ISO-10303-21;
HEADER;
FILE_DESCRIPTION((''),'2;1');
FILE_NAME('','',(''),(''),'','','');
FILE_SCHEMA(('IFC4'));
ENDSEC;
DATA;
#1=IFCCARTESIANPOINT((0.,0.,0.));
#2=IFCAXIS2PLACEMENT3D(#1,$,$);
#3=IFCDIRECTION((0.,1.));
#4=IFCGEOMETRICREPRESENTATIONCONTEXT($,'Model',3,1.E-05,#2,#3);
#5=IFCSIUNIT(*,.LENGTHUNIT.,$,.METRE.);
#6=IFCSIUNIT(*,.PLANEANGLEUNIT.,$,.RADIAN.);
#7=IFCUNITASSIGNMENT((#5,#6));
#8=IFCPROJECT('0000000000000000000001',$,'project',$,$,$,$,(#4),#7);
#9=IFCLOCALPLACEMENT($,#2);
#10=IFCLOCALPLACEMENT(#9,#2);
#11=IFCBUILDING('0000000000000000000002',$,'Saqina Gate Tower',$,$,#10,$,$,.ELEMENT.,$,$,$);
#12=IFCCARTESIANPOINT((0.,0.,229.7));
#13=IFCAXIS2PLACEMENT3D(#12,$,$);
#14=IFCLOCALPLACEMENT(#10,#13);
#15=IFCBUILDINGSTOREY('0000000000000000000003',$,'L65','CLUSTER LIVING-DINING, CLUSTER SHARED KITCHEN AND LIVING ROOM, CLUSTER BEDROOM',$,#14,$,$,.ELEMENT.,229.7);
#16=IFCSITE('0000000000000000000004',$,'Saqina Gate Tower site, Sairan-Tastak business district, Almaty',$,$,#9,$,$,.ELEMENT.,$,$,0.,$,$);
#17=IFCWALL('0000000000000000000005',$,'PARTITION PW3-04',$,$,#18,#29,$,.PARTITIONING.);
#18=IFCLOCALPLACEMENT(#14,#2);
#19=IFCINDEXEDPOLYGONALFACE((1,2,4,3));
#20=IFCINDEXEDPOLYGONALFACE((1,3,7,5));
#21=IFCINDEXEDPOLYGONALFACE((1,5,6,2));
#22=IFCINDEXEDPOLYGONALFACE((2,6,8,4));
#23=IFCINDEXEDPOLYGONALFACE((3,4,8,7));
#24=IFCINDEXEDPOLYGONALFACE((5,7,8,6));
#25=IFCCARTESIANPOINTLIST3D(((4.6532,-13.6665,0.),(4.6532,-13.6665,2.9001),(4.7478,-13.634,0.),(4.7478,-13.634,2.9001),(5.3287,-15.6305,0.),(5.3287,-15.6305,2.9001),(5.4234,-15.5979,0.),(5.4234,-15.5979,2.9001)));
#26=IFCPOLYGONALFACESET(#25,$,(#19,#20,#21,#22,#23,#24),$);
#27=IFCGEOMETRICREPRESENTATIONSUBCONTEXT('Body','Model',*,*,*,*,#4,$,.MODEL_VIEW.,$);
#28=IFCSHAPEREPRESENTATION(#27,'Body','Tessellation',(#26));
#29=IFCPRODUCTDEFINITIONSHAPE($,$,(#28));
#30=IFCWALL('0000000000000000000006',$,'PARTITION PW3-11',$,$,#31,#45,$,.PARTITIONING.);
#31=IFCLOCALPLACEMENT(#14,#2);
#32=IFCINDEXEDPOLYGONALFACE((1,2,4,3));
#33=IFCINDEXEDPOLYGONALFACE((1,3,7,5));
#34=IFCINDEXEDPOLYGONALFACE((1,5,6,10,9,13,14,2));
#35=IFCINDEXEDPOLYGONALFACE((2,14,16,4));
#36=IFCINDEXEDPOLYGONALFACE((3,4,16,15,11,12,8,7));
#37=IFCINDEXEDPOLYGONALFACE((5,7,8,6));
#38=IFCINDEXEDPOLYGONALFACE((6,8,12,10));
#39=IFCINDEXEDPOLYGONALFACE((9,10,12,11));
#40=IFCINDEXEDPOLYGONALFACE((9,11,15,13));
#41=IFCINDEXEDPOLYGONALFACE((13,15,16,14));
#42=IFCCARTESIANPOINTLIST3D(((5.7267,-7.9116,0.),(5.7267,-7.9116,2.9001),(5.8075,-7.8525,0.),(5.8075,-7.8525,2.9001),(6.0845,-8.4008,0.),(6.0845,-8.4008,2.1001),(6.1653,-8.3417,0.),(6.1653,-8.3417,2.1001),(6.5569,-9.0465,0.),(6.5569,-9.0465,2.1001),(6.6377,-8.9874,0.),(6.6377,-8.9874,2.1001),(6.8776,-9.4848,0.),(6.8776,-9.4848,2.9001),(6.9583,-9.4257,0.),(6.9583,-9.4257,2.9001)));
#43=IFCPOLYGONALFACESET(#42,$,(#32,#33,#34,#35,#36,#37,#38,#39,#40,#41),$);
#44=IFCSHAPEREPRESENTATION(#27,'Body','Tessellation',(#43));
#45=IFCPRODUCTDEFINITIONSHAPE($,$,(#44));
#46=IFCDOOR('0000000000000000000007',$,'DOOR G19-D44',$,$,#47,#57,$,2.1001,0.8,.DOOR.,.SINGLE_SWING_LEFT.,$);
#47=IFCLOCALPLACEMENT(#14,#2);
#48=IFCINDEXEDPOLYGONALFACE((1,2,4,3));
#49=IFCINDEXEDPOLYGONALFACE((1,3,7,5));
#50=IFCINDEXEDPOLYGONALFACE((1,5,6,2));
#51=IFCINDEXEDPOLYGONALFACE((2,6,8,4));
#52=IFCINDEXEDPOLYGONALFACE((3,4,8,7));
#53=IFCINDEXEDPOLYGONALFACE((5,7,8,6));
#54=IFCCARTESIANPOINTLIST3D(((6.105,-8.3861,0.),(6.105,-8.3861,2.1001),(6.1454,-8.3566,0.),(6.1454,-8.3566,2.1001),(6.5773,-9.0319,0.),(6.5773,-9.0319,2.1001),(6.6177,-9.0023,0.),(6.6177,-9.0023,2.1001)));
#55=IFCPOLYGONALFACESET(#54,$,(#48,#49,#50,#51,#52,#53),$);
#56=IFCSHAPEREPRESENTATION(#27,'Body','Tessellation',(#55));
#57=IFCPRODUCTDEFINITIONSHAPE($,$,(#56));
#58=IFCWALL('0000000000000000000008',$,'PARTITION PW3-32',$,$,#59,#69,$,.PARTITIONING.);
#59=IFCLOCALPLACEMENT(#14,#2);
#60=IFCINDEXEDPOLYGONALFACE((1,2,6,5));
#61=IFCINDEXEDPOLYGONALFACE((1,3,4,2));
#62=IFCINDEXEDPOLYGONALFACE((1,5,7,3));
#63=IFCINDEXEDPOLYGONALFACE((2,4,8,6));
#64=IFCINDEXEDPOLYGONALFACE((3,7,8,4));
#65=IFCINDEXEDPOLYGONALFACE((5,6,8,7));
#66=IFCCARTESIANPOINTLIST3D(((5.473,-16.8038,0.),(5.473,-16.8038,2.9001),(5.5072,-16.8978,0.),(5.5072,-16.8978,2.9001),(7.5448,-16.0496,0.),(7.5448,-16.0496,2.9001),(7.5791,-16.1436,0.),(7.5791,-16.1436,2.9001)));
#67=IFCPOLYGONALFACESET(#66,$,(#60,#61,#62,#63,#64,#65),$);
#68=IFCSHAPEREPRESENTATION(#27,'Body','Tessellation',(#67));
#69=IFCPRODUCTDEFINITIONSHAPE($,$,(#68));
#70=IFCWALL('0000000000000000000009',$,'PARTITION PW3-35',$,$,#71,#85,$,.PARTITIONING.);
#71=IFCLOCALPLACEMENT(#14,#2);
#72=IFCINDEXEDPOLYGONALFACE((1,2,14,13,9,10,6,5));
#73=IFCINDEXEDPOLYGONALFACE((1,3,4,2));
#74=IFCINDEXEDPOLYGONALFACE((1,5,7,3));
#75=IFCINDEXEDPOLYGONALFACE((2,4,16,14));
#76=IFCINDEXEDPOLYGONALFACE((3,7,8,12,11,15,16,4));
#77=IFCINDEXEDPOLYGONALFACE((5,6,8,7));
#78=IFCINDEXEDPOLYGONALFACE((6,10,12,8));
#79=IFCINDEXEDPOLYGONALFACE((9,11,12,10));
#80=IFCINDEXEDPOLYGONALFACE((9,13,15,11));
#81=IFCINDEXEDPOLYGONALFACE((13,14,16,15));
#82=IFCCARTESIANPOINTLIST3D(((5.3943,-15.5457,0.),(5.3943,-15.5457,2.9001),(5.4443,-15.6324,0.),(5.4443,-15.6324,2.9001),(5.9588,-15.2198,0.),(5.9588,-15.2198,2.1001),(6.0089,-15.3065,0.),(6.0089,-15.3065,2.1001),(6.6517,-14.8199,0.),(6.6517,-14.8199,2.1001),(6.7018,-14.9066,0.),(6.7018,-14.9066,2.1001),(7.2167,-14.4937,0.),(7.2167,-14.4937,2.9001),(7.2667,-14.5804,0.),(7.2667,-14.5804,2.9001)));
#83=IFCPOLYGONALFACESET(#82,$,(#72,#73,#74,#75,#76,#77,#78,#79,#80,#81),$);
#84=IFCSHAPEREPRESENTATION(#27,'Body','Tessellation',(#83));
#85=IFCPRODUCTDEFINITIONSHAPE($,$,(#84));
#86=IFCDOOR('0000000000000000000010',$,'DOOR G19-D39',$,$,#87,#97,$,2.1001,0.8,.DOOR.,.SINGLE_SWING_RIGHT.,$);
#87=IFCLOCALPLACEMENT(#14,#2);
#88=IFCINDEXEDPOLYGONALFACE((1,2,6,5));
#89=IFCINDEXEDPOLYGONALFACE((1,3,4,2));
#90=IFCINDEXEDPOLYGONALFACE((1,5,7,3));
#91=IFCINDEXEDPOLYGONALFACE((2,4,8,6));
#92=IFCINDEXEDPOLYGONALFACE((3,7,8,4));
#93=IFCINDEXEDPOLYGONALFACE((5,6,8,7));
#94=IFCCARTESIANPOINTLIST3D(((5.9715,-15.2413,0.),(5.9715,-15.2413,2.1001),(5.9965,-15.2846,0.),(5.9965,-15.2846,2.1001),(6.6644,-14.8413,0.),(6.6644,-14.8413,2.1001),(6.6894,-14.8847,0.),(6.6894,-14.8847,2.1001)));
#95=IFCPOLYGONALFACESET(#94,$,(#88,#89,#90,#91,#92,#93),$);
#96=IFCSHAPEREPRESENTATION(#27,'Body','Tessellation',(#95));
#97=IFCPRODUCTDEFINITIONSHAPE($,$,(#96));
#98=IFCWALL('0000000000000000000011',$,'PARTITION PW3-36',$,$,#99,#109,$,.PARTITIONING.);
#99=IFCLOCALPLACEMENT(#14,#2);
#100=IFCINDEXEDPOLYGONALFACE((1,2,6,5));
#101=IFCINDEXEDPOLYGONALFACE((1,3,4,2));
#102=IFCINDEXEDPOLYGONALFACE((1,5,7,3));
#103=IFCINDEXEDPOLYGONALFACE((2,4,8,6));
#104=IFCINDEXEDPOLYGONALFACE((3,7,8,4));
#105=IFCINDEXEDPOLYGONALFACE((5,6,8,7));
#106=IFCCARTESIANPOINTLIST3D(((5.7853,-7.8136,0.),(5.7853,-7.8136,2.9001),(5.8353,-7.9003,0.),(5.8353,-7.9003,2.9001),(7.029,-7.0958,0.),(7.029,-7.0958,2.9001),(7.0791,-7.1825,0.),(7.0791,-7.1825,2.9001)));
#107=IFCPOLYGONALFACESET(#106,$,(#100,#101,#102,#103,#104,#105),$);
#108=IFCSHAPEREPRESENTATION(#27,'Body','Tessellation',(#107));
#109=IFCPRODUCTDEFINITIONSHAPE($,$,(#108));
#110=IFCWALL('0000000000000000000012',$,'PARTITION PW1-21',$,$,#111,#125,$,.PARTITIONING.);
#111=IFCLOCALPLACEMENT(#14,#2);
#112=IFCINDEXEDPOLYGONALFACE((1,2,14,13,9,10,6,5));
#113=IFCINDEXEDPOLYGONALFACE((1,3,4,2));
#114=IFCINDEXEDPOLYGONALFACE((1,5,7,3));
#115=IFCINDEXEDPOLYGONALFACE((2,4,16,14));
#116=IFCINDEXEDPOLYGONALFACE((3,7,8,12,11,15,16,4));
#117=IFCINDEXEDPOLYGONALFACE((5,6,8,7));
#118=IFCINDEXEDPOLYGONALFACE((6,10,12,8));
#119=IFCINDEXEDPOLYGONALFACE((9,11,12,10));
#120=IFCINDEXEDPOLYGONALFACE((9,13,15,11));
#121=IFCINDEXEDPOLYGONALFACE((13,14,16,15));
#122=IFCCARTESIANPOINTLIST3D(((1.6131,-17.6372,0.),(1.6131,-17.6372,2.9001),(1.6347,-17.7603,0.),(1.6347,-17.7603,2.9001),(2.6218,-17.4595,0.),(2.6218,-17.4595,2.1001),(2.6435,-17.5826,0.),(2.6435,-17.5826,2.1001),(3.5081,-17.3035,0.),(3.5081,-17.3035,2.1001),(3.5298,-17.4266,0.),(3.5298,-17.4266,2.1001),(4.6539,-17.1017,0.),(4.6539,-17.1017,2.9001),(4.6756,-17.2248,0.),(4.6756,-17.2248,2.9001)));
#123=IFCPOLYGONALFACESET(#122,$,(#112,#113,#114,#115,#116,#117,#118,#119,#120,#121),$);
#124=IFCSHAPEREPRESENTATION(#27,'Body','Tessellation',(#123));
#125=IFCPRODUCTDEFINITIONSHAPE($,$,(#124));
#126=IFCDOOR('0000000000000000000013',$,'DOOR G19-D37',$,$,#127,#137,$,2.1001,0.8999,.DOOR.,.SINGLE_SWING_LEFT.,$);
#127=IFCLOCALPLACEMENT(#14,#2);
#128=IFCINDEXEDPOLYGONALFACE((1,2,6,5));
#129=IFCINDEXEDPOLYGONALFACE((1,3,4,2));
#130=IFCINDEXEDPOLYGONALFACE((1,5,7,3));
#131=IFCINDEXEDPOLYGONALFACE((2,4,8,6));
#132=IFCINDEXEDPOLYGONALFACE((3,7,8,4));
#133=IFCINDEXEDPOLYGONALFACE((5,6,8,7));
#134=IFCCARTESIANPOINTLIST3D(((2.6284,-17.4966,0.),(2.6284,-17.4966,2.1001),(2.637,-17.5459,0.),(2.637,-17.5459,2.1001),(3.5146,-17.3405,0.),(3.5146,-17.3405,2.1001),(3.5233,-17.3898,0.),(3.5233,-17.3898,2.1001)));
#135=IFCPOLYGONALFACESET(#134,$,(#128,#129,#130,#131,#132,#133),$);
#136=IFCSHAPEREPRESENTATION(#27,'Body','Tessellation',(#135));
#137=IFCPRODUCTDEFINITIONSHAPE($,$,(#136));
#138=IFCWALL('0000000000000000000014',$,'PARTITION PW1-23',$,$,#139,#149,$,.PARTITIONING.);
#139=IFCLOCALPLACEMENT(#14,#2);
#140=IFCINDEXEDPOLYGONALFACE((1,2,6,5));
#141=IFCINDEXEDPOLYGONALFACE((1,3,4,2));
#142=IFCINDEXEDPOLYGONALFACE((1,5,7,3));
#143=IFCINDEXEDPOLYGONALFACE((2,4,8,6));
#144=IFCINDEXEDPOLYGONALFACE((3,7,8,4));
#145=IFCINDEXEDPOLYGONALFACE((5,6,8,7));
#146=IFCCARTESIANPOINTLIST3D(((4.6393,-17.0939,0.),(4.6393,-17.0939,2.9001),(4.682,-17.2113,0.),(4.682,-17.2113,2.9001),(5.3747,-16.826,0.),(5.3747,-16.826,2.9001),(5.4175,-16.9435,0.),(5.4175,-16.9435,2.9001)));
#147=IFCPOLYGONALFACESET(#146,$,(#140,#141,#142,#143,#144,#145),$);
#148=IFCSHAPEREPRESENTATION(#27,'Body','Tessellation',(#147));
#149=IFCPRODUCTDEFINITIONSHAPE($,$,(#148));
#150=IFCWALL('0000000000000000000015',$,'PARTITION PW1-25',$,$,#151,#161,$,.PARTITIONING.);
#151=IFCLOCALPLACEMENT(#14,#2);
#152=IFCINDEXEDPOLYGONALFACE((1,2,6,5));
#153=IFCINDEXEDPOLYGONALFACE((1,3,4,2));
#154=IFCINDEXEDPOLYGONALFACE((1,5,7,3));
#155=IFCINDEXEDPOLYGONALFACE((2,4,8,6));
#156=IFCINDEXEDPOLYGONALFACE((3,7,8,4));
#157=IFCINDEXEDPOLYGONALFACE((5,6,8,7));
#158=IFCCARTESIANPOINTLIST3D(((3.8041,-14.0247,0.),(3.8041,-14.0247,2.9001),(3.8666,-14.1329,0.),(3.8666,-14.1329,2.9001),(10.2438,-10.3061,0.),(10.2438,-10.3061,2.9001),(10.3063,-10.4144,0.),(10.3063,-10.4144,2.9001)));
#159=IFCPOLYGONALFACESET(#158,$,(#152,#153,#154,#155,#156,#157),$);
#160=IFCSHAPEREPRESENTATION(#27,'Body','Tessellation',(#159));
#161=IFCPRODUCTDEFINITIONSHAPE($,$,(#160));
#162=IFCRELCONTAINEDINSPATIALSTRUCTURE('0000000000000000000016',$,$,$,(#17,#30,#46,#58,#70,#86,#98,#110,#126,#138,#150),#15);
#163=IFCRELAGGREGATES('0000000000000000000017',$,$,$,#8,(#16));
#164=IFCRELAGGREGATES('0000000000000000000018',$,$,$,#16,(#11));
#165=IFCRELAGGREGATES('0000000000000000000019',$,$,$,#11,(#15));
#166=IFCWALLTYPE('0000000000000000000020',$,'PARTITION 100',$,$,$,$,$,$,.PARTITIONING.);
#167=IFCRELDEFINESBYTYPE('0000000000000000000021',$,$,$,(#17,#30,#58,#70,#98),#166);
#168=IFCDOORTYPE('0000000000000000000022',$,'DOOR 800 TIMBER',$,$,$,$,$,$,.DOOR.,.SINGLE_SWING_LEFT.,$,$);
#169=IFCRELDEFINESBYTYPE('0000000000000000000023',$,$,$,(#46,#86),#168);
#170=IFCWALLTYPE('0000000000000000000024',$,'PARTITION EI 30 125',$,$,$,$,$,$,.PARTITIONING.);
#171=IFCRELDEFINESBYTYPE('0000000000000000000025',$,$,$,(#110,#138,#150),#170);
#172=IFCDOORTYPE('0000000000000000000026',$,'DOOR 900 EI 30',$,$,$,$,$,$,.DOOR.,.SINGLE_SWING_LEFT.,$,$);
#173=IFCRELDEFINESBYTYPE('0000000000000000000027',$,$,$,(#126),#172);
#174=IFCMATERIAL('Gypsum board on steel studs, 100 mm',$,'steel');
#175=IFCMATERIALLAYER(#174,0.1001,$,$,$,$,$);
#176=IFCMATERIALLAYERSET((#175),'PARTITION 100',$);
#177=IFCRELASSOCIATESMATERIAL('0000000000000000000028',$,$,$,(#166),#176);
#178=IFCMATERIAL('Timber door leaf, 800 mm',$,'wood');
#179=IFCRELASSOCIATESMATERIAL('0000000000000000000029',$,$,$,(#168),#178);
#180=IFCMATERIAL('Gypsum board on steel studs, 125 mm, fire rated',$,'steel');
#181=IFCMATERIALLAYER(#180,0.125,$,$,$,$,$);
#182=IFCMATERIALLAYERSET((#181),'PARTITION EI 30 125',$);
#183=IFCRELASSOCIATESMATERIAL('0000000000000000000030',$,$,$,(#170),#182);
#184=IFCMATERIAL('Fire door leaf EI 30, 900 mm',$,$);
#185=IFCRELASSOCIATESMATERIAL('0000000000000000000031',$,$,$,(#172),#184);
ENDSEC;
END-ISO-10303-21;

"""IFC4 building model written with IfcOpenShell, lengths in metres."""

from ifc_helpers import new_model, si_unit, direction, frame, frame_2d, origin, place, context, subcontext, project, spatial, rectangle, extrude, material, layer, layer_set, type_object, element, fill, save


model = new_model("IFC4")

# Units and contexts
model_context = context("Model", 3, precision=1e-05, world=origin(), true_north=direction((0.0, 1.0)))
body_context = subcontext(model_context, "Body", "Model", "MODEL_VIEW")
ifc_project = project(units=[si_unit("LENGTHUNIT", "METRE"), si_unit("PLANEANGLEUNIT", "RADIAN")], contexts=[model_context])

# Site, building, storey
site_placement = place(None, origin())
site = spatial("IfcSite", under=ifc_project, at=site_placement, Name="Saqina Gate Tower site, Sairan-Tastak business district, Almaty", CompositionType="ELEMENT", RefElevation=0.0)
building_placement = place(site_placement, origin())
building = spatial("IfcBuilding", under=site, at=building_placement, Name="Saqina Gate Tower", CompositionType="ELEMENT")
storey_placement = place(building_placement, frame((0.0, 0.0, 229.7)))
storey = spatial("IfcBuildingStorey", under=building, at=storey_placement, Name="L65", Description="CLUSTER LIVING-DINING, CLUSTER SHARED KITCHEN AND LIVING ROOM, CLUSTER BEDROOM", CompositionType="ELEMENT", Elevation=229.7)

# Wall
ifc_material_1 = material(Name="Gypsum board on steel studs, 100 mm", Category="steel")
ifc_layer_1 = layer(ifc_material_1, 0.1001)
ifc_layer_set_1 = layer_set([ifc_layer_1], Name="PARTITION 100")
wall_type_1 = type_object("IfcWallType", Name="PARTITION 100", PredefinedType="PARTITIONING", material=ifc_layer_set_1)
wall_1_placement = place(storey_placement, frame((4.7004, -13.6501, 0.0), z_axis=(0.0, 0.0, 1.0), x_axis=(0.325277, -0.945619, 0.0)))
element("IfcWall", 1, at=wall_1_placement, inside=storey, type_object=wall_type_1, Name="PARTITION PW3-04", PredefinedType="PARTITIONING", context=body_context, shape_type="SweptSolid", body=[
    extrude(rectangle(XDim=2.0769, YDim=0.1001, at=frame_2d((1.0386, 0.0))), origin(), (0.0, 0.0, 1.0), 2.9001),
])

# Wall, opening, door
wall_2_placement = place(storey_placement, frame((5.7671, -7.8821, 0.0), z_axis=(0.0, 0.0, 1.0), x_axis=(0.590418, -0.807097, 0.0)))
wall_2 = element("IfcWall", 2, at=wall_2_placement, inside=storey, type_object=wall_type_1, Name="PARTITION PW3-11", PredefinedType="PARTITIONING", context=body_context, shape_type="SweptSolid", body=[
    extrude(rectangle(XDim=1.9492, YDim=0.1001, at=frame_2d((0.9746, 0.0))), origin(), (0.0, 0.0, 1.0), 2.9001),
])
opening_1_placement = place(wall_2_placement, frame((0.6062, 0.0, 0.0)))
opening_1 = element("IfcOpeningElement", 3, at=opening_1_placement, cuts=wall_2, PredefinedType="OPENING", context=body_context, shape_type="SweptSolid", body=[
    extrude(rectangle(XDim=0.8, YDim=2.1001, at=frame_2d((0.3999, 1.05))), frame((0.0, 0.062, 0.0), z_axis=(0.0, -1.0, 0.0), x_axis=(1.0, 0.0, 0.0)), (0.0, 0.0, 1.0), 0.124),
])
ifc_material_2 = material(Name="Timber door leaf, 800 mm", Category="wood")
door_type_1 = type_object("IfcDoorType", Name="DOOR 800 TIMBER", OperationType="SINGLE_SWING_LEFT", PredefinedType="DOOR", material=ifc_material_2)
door_1_placement = place(opening_1_placement, frame((0.8, 0.0, 0.0), z_axis=(0.0, 0.0, 1.0), x_axis=(-1.0, 0.0, 0.0)))
door_1 = element("IfcDoor", 4, at=door_1_placement, inside=storey, type_object=door_type_1, Name="DOOR G19-D44", OperationType="SINGLE_SWING_LEFT", OverallHeight=2.1001, OverallWidth=0.8, PredefinedType="DOOR", context=body_context, shape_type="SweptSolid", body=[
    extrude(rectangle(XDim=0.8, YDim=2.1001, at=frame_2d((0.3999, 1.05))), frame((0.0, 0.0249, 0.0), z_axis=(0.0, -1.0, 0.0), x_axis=(1.0, 0.0, 0.0)), (0.0, 0.0, 1.0), 0.05),
])
fill(opening_1, door_1)

# Wall
wall_3_placement = place(storey_placement, frame((5.49, -16.8508, 0.0), z_axis=(0.0, 0.0, 1.0), x_axis=(0.93968, 0.342054, 0.0)))
element("IfcWall", 5, at=wall_3_placement, inside=storey, type_object=wall_type_1, Name="PARTITION PW3-32", PredefinedType="PARTITIONING", context=body_context, shape_type="SweptSolid", body=[
    extrude(rectangle(XDim=2.2048, YDim=0.1001, at=frame_2d((1.1025, 0.0))), origin(), (0.0, 0.0, 1.0), 2.9001),
])

# Wall, opening, door
wall_4_placement = place(storey_placement, frame((5.4192, -15.5891, 0.0), z_axis=(0.0, 0.0, 1.0), x_axis=(0.866072, 0.49992, 0.0)))
wall_4 = element("IfcWall", 6, at=wall_4_placement, inside=storey, type_object=wall_type_1, Name="PARTITION PW3-35", PredefinedType="PARTITIONING", context=body_context, shape_type="SweptSolid", body=[
    extrude(rectangle(XDim=2.1042, YDim=0.1001, at=frame_2d((1.0522, 0.0))), origin(), (0.0, 0.0, 1.0), 2.9001),
])
opening_2_placement = place(wall_4_placement, frame((0.6521, 0.0, 0.0)))
opening_2 = element("IfcOpeningElement", 7, at=opening_2_placement, cuts=wall_4, PredefinedType="OPENING", context=body_context, shape_type="SweptSolid", body=[
    extrude(rectangle(XDim=0.8, YDim=2.1001, at=frame_2d((0.3999, 1.05))), frame((0.0, 0.062, 0.0), z_axis=(0.0, -1.0, 0.0), x_axis=(1.0, 0.0, 0.0)), (0.0, 0.0, 1.0), 0.124),
])
door_2_placement = place(opening_2_placement, frame((0.8, 0.0, 0.0), z_axis=(0.0, 0.0, 1.0), x_axis=(-1.0, 0.0, 0.0)))
door_2 = element("IfcDoor", 8, at=door_2_placement, inside=storey, type_object=door_type_1, Name="DOOR G19-D39", OperationType="SINGLE_SWING_RIGHT", OverallHeight=2.1001, OverallWidth=0.8, PredefinedType="DOOR", context=body_context, shape_type="SweptSolid", body=[
    extrude(rectangle(XDim=0.8, YDim=2.1001, at=frame_2d((0.3999, 1.05))), frame((0.0, 0.0249, 0.0), z_axis=(0.0, -1.0, 0.0), x_axis=(1.0, 0.0, 0.0)), (0.0, 0.0, 1.0), 0.05),
])
fill(opening_2, door_2)

# Wall
wall_5_placement = place(storey_placement, frame((5.8103, -7.8569, 0.0), z_axis=(0.0, 0.0, 1.0), x_axis=(0.866101, 0.49987, 0.0)))
element("IfcWall", 9, at=wall_5_placement, inside=storey, type_object=wall_type_1, Name="PARTITION PW3-36", PredefinedType="PARTITIONING", context=body_context, shape_type="SweptSolid", body=[
    extrude(rectangle(XDim=1.436, YDim=0.1001, at=frame_2d((0.718, 0.0))), origin(), (0.0, 0.0, 1.0), 2.9001),
])

# Wall, opening, door
ifc_material_3 = material(Name="Gypsum board on steel studs, 125 mm, fire rated", Category="steel")
ifc_layer_2 = layer(ifc_material_3, 0.125)
ifc_layer_set_2 = layer_set([ifc_layer_2], Name="PARTITION EI 30 125")
wall_type_2 = type_object("IfcWallType", Name="PARTITION EI 30 125", PredefinedType="PARTITIONING", material=ifc_layer_set_2)
wall_6_placement = place(storey_placement, frame((1.6238, -17.6987, 0.0), z_axis=(0.0, 0.0, 1.0), x_axis=(0.98485, 0.173406, 0.0)))
wall_6 = element("IfcWall", 10, at=wall_6_placement, inside=storey, type_object=wall_type_2, Name="PARTITION PW1-21", PredefinedType="PARTITIONING", context=body_context, shape_type="SweptSolid", body=[
    extrude(rectangle(XDim=3.0876, YDim=0.125, at=frame_2d((1.5439, 0.0))), origin(), (0.0, 0.0, 1.0), 2.9001),
])
opening_3_placement = place(wall_6_placement, frame((1.0244, 0.0, 0.0)))
opening_3 = element("IfcOpeningElement", 11, at=opening_3_placement, cuts=wall_6, PredefinedType="OPENING", context=body_context, shape_type="SweptSolid", body=[
    extrude(rectangle(XDim=0.8999, YDim=2.1001, at=frame_2d((0.45, 1.05))), frame((0.0, 0.0745, 0.0), z_axis=(0.0, -1.0, 0.0), x_axis=(1.0, 0.0, 0.0)), (0.0, 0.0, 1.0), 0.1489),
])
ifc_material_4 = material(Name="Fire door leaf EI 30, 900 mm")
door_type_2 = type_object("IfcDoorType", Name="DOOR 900 EI 30", OperationType="SINGLE_SWING_LEFT", PredefinedType="DOOR", material=ifc_material_4)
door_3_placement = place(opening_3_placement, origin())
door_3 = element("IfcDoor", 12, at=door_3_placement, inside=storey, type_object=door_type_2, Name="DOOR G19-D37", OperationType="SINGLE_SWING_LEFT", OverallHeight=2.1001, OverallWidth=0.8999, PredefinedType="DOOR", context=body_context, shape_type="SweptSolid", body=[
    extrude(rectangle(XDim=0.8999, YDim=2.1001, at=frame_2d((0.45, 1.05))), frame((0.0, 0.0249, 0.0), z_axis=(0.0, -1.0, 0.0), x_axis=(1.0, 0.0, 0.0)), (0.0, 0.0, 1.0), 0.05),
])
fill(opening_3, door_3)

# Walls
wall_7_placement = place(storey_placement, frame((4.6606, -17.1526, 0.0), z_axis=(0.0, 0.0, 1.0), x_axis=(0.93962, 0.342219, 0.0)))
element("IfcWall", 13, at=wall_7_placement, inside=storey, type_object=wall_type_2, Name="PARTITION PW1-23", PredefinedType="PARTITIONING", context=body_context, shape_type="SweptSolid", body=[
    extrude(rectangle(XDim=0.7827, YDim=0.125, at=frame_2d((0.3914, 0.0))), origin(), (0.0, 0.0, 1.0), 2.9001),
])
wall_8_placement = place(storey_placement, frame((3.8352, -14.0789, 0.0), z_axis=(0.0, 0.0, 1.0), x_axis=(0.865994, 0.500055, 0.0)))
element("IfcWall", 14, at=wall_8_placement, inside=storey, type_object=wall_type_2, Name="PARTITION PW1-25", PredefinedType="PARTITIONING", context=body_context, shape_type="SweptSolid", body=[
    extrude(rectangle(XDim=7.4363, YDim=0.125, at=frame_2d((3.7183, 0.0))), origin(), (0.0, 0.0, 1.0), 2.9001),
])

save(model, "model.ifc")
